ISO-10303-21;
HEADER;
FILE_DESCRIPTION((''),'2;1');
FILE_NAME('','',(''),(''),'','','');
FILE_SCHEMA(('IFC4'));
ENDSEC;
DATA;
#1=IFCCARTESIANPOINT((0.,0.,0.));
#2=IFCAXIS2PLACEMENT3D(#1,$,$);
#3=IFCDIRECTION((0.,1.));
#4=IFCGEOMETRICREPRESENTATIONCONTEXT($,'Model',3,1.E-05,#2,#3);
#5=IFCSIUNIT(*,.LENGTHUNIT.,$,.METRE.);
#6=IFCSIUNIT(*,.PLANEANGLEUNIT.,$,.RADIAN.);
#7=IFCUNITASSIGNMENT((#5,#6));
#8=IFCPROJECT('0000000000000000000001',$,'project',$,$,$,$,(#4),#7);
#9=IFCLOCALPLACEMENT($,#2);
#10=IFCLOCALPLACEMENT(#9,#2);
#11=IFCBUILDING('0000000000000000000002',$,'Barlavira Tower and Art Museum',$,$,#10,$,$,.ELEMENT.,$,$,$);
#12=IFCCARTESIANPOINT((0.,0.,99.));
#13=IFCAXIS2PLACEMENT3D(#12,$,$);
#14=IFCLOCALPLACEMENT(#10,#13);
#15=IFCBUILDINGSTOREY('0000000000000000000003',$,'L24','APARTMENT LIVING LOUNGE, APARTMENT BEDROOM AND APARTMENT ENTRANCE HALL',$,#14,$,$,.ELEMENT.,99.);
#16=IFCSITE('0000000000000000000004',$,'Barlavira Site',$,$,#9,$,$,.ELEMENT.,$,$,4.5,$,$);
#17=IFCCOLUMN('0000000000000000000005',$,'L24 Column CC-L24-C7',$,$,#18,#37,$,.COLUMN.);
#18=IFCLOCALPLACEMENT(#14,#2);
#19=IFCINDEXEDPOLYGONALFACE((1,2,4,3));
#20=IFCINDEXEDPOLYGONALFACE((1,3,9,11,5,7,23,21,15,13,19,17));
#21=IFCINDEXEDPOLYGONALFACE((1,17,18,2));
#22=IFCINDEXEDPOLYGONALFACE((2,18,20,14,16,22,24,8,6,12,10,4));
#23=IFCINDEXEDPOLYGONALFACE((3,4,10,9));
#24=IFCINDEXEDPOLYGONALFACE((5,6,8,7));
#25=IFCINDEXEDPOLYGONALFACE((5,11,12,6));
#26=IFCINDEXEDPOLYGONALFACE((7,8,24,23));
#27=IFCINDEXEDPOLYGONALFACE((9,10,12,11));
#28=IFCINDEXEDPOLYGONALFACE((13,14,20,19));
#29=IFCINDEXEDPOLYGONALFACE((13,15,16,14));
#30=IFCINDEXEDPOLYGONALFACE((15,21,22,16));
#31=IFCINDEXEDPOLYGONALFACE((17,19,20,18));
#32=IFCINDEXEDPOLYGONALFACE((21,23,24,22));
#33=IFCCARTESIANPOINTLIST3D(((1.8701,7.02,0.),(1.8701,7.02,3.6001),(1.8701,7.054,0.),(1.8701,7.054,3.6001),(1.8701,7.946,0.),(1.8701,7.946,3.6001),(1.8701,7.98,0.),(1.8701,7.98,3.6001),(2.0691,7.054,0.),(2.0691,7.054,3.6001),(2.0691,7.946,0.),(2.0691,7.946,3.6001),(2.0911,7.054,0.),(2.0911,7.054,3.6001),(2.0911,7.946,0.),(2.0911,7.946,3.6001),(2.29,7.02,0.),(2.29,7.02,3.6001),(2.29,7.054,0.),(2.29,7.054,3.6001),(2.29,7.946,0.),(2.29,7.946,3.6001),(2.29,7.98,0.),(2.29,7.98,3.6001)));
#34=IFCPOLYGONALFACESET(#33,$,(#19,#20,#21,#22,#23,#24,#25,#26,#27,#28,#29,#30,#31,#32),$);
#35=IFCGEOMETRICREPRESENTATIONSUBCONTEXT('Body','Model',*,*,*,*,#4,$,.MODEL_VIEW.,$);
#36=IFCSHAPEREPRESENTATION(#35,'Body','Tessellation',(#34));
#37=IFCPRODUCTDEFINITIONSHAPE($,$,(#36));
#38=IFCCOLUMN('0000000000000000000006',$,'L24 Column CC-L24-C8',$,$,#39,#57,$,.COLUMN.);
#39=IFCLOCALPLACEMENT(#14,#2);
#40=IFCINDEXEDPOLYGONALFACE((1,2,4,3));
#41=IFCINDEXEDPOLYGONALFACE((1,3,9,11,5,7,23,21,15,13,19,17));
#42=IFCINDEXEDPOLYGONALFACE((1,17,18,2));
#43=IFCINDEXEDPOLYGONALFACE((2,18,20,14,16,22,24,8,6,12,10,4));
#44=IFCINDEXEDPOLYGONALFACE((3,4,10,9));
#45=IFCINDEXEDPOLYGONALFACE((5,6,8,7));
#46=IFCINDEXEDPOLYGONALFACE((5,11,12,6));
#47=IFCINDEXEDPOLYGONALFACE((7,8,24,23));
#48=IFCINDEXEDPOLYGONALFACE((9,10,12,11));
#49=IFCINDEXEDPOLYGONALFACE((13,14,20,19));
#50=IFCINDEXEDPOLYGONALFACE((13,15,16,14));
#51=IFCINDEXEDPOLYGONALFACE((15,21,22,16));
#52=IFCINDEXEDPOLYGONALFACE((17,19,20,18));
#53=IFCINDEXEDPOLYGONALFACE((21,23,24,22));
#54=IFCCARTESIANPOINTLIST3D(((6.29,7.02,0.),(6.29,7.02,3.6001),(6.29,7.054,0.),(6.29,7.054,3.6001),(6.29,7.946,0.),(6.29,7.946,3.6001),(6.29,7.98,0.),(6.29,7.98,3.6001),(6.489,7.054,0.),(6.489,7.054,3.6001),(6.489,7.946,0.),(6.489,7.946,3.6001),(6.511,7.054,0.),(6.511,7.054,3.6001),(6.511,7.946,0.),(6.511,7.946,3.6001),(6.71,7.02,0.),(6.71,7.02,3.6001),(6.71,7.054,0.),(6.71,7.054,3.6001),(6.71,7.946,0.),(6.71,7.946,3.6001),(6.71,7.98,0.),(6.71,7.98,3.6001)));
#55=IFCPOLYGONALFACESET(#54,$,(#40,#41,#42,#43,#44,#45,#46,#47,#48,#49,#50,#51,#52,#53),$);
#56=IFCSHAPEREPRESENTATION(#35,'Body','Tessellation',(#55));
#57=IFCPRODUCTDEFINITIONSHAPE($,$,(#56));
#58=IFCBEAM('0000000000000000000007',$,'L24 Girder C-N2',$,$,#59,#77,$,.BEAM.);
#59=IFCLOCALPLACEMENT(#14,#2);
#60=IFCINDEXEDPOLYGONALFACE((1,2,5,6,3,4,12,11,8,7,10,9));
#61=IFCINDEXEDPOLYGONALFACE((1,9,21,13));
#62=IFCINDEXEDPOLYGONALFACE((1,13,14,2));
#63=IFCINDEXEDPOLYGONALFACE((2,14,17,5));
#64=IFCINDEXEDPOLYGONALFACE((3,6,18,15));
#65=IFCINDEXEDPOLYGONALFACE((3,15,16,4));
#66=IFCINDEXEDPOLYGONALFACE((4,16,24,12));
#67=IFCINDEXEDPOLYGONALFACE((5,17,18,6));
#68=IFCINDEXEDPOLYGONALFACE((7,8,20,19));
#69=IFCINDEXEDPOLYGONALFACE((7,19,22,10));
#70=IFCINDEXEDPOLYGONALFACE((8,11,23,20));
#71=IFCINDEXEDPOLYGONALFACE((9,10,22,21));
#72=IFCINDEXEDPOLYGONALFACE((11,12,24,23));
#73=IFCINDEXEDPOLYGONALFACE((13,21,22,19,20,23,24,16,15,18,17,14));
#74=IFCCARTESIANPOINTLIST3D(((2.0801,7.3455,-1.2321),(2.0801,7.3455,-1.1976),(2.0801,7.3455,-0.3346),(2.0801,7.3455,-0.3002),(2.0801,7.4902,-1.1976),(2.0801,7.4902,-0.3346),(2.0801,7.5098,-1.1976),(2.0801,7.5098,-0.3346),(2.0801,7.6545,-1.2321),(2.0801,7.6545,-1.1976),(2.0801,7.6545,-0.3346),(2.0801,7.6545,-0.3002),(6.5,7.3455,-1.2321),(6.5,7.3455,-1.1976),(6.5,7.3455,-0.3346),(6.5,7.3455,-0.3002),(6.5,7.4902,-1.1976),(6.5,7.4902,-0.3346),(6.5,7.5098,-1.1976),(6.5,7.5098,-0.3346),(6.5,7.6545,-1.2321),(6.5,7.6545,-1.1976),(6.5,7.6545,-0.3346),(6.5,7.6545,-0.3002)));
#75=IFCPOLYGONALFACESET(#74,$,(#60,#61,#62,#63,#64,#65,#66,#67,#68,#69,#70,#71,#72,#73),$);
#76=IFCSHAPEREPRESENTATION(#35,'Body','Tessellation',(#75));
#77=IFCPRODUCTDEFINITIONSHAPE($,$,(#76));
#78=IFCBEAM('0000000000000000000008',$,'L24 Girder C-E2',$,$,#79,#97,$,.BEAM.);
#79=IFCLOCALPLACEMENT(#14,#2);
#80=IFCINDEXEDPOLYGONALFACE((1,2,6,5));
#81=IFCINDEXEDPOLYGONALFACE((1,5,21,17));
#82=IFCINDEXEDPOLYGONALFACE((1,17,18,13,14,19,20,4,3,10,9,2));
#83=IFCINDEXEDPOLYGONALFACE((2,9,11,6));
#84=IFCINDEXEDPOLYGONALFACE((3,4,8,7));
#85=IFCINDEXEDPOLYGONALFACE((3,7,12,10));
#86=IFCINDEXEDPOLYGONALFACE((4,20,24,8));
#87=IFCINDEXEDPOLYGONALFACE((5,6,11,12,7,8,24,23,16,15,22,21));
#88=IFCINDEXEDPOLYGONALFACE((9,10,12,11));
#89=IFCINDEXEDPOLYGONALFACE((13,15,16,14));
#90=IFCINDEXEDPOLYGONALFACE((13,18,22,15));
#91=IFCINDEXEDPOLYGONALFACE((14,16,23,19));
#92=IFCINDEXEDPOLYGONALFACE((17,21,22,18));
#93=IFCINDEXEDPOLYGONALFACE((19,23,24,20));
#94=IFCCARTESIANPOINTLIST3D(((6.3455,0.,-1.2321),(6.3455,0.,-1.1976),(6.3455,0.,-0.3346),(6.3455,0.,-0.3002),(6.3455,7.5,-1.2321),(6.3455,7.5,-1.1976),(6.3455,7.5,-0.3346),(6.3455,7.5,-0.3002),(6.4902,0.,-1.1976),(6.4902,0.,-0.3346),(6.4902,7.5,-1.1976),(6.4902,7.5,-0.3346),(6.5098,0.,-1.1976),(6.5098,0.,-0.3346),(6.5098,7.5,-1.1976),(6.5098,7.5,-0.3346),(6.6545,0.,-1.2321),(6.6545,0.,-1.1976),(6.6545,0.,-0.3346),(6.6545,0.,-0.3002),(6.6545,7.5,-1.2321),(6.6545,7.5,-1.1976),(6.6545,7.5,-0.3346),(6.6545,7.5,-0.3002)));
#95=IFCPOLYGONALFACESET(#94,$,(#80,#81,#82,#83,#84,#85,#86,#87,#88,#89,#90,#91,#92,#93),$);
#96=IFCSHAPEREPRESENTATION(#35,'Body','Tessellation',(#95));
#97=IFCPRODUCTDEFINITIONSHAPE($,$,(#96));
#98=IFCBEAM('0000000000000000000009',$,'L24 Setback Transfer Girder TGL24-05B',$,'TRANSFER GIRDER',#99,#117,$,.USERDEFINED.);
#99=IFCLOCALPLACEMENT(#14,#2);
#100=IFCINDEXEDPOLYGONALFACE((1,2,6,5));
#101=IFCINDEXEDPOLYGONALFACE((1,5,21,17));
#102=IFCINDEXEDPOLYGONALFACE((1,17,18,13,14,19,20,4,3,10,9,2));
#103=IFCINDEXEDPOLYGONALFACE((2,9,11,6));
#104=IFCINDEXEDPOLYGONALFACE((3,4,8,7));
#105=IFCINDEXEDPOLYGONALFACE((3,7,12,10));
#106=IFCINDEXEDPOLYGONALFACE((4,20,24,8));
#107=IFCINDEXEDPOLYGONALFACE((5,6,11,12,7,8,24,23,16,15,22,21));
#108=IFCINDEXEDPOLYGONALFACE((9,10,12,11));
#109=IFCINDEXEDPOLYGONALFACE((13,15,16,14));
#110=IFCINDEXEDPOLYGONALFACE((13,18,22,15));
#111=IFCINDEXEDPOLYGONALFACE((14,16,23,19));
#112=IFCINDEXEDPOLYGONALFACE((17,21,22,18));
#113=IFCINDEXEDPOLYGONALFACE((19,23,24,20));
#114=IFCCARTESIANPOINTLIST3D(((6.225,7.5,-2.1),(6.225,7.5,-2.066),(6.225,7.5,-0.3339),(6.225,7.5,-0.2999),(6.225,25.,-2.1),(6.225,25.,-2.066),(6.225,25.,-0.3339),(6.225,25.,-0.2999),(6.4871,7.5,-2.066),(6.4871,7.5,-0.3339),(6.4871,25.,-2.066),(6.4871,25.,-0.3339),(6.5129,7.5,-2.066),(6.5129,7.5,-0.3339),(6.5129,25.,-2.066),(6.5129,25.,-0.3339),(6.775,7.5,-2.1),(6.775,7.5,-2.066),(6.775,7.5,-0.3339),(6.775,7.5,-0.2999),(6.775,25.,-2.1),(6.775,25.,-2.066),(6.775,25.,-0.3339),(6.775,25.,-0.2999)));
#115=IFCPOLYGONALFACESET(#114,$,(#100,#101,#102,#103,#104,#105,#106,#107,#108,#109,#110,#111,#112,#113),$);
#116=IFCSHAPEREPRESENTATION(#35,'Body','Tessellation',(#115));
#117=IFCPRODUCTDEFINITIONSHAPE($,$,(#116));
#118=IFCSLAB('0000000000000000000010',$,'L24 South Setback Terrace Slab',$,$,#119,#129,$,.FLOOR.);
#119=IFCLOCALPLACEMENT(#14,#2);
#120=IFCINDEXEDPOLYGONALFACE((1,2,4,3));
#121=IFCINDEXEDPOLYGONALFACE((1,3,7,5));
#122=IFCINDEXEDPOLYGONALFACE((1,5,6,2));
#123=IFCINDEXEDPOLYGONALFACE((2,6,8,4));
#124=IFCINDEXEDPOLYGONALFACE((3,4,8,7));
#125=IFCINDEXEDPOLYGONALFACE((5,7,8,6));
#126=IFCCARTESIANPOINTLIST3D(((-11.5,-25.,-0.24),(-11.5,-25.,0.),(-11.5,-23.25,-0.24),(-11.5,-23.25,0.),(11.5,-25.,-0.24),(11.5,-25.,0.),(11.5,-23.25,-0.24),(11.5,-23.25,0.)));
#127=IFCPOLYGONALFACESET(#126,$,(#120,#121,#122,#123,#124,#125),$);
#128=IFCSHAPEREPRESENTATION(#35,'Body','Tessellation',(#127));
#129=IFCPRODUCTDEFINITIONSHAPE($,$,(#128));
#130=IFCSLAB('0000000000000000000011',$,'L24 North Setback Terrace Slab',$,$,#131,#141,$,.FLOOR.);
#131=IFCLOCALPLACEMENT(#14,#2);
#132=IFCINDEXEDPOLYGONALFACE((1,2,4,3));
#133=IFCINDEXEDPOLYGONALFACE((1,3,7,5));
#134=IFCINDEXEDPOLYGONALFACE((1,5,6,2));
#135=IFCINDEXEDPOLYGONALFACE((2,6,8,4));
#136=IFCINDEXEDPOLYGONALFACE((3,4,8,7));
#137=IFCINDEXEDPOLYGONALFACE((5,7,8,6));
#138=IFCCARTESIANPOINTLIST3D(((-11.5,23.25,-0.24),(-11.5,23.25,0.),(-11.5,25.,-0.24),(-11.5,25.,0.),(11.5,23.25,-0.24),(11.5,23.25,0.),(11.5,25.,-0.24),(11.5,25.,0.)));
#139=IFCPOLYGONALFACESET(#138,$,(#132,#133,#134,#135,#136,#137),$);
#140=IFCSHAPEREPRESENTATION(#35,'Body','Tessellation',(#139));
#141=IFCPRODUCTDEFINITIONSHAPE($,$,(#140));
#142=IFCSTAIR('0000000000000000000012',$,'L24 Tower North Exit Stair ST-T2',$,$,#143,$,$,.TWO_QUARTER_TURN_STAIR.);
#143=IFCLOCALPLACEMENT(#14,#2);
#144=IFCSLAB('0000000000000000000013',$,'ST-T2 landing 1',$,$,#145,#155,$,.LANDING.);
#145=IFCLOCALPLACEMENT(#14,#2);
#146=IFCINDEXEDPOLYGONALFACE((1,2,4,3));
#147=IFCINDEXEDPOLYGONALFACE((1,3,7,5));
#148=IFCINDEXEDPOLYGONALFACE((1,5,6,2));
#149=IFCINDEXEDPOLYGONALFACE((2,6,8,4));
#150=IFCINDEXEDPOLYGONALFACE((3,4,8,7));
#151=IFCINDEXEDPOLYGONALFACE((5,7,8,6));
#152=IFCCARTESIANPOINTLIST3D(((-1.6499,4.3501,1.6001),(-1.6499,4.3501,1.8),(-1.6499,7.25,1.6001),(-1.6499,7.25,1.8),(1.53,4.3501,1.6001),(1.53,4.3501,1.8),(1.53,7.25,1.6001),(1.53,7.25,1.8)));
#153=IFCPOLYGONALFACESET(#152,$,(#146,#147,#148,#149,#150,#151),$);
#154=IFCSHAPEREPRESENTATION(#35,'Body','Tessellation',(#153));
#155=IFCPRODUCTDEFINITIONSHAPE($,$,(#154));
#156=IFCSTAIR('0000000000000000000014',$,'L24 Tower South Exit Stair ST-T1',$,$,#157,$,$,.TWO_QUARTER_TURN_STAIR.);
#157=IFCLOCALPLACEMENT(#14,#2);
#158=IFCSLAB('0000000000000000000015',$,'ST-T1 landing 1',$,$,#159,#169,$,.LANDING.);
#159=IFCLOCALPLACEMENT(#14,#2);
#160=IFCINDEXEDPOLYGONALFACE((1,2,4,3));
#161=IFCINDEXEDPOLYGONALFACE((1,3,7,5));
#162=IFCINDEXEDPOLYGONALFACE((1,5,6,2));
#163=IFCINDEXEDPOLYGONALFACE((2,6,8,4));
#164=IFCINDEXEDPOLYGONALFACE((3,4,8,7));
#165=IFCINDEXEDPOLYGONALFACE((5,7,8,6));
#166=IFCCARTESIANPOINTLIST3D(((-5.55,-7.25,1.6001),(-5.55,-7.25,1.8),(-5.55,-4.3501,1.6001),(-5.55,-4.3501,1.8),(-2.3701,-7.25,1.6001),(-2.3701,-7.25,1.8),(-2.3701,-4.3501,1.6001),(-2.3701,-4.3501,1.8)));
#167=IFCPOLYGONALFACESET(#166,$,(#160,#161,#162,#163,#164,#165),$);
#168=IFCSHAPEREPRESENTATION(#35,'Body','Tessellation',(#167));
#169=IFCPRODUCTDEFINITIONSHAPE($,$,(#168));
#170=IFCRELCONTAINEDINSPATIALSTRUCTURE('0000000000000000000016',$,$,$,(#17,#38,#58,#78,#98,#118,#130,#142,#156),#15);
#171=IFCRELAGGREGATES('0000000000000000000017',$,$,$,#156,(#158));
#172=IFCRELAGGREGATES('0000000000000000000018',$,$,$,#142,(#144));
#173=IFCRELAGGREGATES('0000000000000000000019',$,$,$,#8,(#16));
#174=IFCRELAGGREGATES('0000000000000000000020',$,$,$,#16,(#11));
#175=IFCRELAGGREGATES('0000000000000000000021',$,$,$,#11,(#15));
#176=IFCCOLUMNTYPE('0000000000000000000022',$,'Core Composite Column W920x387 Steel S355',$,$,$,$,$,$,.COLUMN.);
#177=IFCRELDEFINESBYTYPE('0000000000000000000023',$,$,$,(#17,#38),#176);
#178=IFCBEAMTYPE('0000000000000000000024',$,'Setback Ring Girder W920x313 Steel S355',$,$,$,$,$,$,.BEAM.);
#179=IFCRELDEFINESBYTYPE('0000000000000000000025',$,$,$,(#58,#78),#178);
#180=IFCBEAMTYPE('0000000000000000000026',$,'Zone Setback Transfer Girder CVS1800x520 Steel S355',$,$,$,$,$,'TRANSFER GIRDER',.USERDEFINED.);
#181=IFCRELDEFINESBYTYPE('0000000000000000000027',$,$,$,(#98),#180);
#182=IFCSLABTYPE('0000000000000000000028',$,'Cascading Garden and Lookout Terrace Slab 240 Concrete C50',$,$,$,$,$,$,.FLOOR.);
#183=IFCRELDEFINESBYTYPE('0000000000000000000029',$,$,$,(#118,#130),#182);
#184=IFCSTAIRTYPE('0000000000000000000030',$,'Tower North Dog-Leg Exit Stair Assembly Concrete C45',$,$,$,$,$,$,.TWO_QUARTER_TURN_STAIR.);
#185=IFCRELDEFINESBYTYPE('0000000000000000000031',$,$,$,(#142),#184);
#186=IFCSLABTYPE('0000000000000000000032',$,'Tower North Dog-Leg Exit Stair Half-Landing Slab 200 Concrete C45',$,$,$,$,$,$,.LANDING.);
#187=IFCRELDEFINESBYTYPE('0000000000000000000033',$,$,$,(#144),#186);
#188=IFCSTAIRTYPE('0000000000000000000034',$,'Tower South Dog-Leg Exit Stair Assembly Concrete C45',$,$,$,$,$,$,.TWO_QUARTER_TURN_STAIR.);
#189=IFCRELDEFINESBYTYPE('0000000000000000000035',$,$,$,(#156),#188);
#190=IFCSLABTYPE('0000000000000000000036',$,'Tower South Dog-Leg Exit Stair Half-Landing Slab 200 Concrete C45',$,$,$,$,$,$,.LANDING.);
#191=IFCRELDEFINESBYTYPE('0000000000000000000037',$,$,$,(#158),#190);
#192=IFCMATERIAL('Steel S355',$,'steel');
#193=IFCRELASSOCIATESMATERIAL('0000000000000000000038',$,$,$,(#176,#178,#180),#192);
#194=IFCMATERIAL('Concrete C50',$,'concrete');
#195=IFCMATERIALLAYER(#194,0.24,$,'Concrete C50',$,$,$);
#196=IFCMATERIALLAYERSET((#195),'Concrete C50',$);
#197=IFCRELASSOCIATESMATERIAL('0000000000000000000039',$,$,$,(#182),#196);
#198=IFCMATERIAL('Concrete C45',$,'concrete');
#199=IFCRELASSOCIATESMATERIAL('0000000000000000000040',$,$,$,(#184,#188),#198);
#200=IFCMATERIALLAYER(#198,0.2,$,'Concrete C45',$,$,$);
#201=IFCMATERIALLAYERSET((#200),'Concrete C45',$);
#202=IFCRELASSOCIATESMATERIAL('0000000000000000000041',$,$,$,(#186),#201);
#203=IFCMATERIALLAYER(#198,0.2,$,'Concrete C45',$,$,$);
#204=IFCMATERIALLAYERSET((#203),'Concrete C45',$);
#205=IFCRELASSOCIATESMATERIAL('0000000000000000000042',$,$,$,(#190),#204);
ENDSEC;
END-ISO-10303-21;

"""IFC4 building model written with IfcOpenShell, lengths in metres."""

from ifc_helpers import new_model, si_unit, direction, frame, origin, origin_2d, place, context, subcontext, project, spatial, polyline, i_section, outline, extrude, material, layer, layer_set, material_profile, profile_set, type_object, element, aggregate, save


model = new_model("IFC4")

# Units and contexts
model_context = context("Model", 3, precision=1e-05, world=origin(), true_north=direction((0.0, 1.0)))
body_context = subcontext(model_context, "Body", "Model", "MODEL_VIEW")
ifc_project = project(units=[si_unit("LENGTHUNIT", "METRE"), si_unit("PLANEANGLEUNIT", "RADIAN")], contexts=[model_context])

# Site, building, storey
site_placement = place(None, origin())
site = spatial("IfcSite", under=ifc_project, at=site_placement, Name="Barlavira Site", CompositionType="ELEMENT", RefElevation=4.5)
building_placement = place(site_placement, origin())
building = spatial("IfcBuilding", under=site, at=building_placement, Name="Barlavira Tower and Art Museum", CompositionType="ELEMENT")
storey_placement = place(building_placement, frame((0.0, 0.0, 99.0)))
storey = spatial("IfcBuildingStorey", under=building, at=storey_placement, Name="L24", Description="APARTMENT LIVING LOUNGE, APARTMENT BEDROOM AND APARTMENT ENTRANCE HALL", CompositionType="ELEMENT", Elevation=99.0)

# Columns
ifc_material_1 = material(Name="Steel S355", Category="steel")
ifc_material_profile_1 = material_profile(ifc_material_1, i_section(OverallWidth=0.4199, OverallDepth=0.96, WebThickness=0.022, FlangeThickness=0.0339, at=origin_2d()), Name="W920x387.0")
ifc_profile_set_1 = profile_set([ifc_material_profile_1], Name="Steel S355")
column_type = type_object("IfcColumnType", Name="Core Composite Column W920x387 Steel S355", PredefinedType="COLUMN", material=ifc_profile_set_1)
for number, where, z_axis, x_axis, name in (
    (1, (2.0801, 7.5, 0.0), (0.0, 0.0, 1.0), (1.0, 0.0, 0.0), "L24 Column CC-L24-C7"),
    (2, (6.5, 7.5, 0.0), (0.0, 0.0, 1.0), (1.0, 0.0, 0.0), "L24 Column CC-L24-C8"),
):
    element("IfcColumn", number, at=place(storey_placement, frame(where, z_axis=z_axis, x_axis=x_axis)), inside=storey, type_object=column_type, Name=name, PredefinedType="COLUMN", context=body_context, shape_type="SweptSolid", body=[
        extrude(i_section(OverallWidth=0.4199, OverallDepth=0.96, WebThickness=0.022, FlangeThickness=0.0339, at=origin_2d()), origin(), (0.0, 0.0, 1.0), 3.6001),
    ])

# Beams
ifc_material_profile_2 = material_profile(ifc_material_1, i_section(OverallWidth=0.3091, OverallDepth=0.9319, WebThickness=0.0195, FlangeThickness=0.0344, at=origin_2d()), Name="W920x313.0")
ifc_profile_set_2 = profile_set([ifc_material_profile_2], Name="Steel S355")
beam_type_1 = type_object("IfcBeamType", Name="Setback Ring Girder W920x313 Steel S355", PredefinedType="BEAM", material=ifc_profile_set_2)
beam_1_placement = place(storey_placement, frame((2.0801, 7.5, -0.7661), z_axis=(1.0, 0.0, 0.0), x_axis=(0.0, 1.0, 0.0)))
element("IfcBeam", 3, at=beam_1_placement, inside=storey, type_object=beam_type_1, Name="L24 Girder C-N2", PredefinedType="BEAM", context=body_context, shape_type="SweptSolid", body=[
    extrude(i_section(OverallWidth=0.3091, OverallDepth=0.9319, WebThickness=0.0195, FlangeThickness=0.0344, at=origin_2d()), origin(), (0.0, 0.0, 1.0), 4.4199),
])
beam_2_placement = place(storey_placement, frame((6.5, 0.0, -0.7661), z_axis=(0.0, 1.0, 0.0), x_axis=(-1.0, 0.0, 0.0)))
element("IfcBeam", 4, at=beam_2_placement, inside=storey, type_object=beam_type_1, Name="L24 Girder C-E2", PredefinedType="BEAM", context=body_context, shape_type="SweptSolid", body=[
    extrude(i_section(OverallWidth=0.3091, OverallDepth=0.9319, WebThickness=0.0195, FlangeThickness=0.0344, at=origin_2d()), origin(), (0.0, 0.0, 1.0), 7.5),
])
ifc_material_profile_3 = material_profile(ifc_material_1, i_section(OverallWidth=0.55, OverallDepth=1.8, WebThickness=0.0259, FlangeThickness=0.0339, at=origin_2d()), Name="CVS1800x520")
ifc_profile_set_3 = profile_set([ifc_material_profile_3], Name="Steel S355")
beam_type_2 = type_object("IfcBeamType", Name="Zone Setback Transfer Girder CVS1800x520 Steel S355", ElementType="TRANSFER GIRDER", PredefinedType="USERDEFINED", material=ifc_profile_set_3)
beam_3_placement = place(storey_placement, frame((6.5, 7.5, -1.2), z_axis=(0.0, 1.0, 0.0), x_axis=(-1.0, 0.0, 0.0)))
element("IfcBeam", 5, at=beam_3_placement, inside=storey, type_object=beam_type_2, Name="L24 Setback Transfer Girder TGL24-05B", ObjectType="TRANSFER GIRDER", PredefinedType="USERDEFINED", context=body_context, shape_type="SweptSolid", body=[
    extrude(i_section(OverallWidth=0.55, OverallDepth=1.8, WebThickness=0.0259, FlangeThickness=0.0339, at=origin_2d()), origin(), (0.0, 0.0, 1.0), 17.5),
])

# Slabs
ifc_material_2 = material(Name="Concrete C50", Category="concrete")
ifc_layer_1 = layer(ifc_material_2, 0.24, Name="Concrete C50")
ifc_layer_set_1 = layer_set([ifc_layer_1], Name="Concrete C50")
slab_type_1 = type_object("IfcSlabType", Name="Cascading Garden and Lookout Terrace Slab 240 Concrete C50", PredefinedType="FLOOR", material=ifc_layer_set_1)
slab_1_placement = place(storey_placement, frame((0.0, 0.0, -0.24)))
element("IfcSlab", 6, at=slab_1_placement, inside=storey, type_object=slab_type_1, Name="L24 South Setback Terrace Slab", PredefinedType="FLOOR", context=body_context, shape_type="SweptSolid", body=[
    extrude(outline(polyline([(-11.5, -25.0), (11.5, -25.0), (11.5, -23.25), (-11.5, -23.25), (-11.5, -25.0)])), origin(), (0.0, 0.0, 1.0), 0.24),
])
slab_2_placement = place(storey_placement, frame((0.0, 0.0, -0.24)))
element("IfcSlab", 7, at=slab_2_placement, inside=storey, type_object=slab_type_1, Name="L24 North Setback Terrace Slab", PredefinedType="FLOOR", context=body_context, shape_type="SweptSolid", body=[
    extrude(outline(polyline([(-11.5, 23.25), (11.5, 23.25), (11.5, 25.0), (-11.5, 25.0), (-11.5, 23.25)])), origin(), (0.0, 0.0, 1.0), 0.24),
])

# Stairs, slabs
ifc_material_3 = material(Name="Concrete C45", Category="concrete")
stair_type_1 = type_object("IfcStairType", Name="Tower North Dog-Leg Exit Stair Assembly Concrete C45", PredefinedType="TWO_QUARTER_TURN_STAIR", material=ifc_material_3)
stair_1_placement = place(storey_placement, origin())
stair_1 = element("IfcStair", 8, at=stair_1_placement, inside=storey, type_object=stair_type_1, Name="L24 Tower North Exit Stair ST-T2", PredefinedType="TWO_QUARTER_TURN_STAIR")
ifc_layer_2 = layer(ifc_material_3, 0.2, Name="Concrete C45")
ifc_layer_set_2 = layer_set([ifc_layer_2], Name="Concrete C45")
slab_type_2 = type_object("IfcSlabType", Name="Tower North Dog-Leg Exit Stair Half-Landing Slab 200 Concrete C45", PredefinedType="LANDING", material=ifc_layer_set_2)
slab_3_placement = place(storey_placement, frame((0.0, 0.0, 1.6001)))
slab_3 = element("IfcSlab", 9, at=slab_3_placement, type_object=slab_type_2, Name="ST-T2 landing 1", PredefinedType="LANDING", context=body_context, shape_type="SweptSolid", body=[
    extrude(outline(polyline([(-1.6499, 4.3501), (1.53, 4.3501), (1.53, 7.25), (-1.6499, 7.25), (-1.6499, 4.3501)])), origin(), (0.0, 0.0, 1.0), 0.2),
])
stair_type_2 = type_object("IfcStairType", Name="Tower South Dog-Leg Exit Stair Assembly Concrete C45", PredefinedType="TWO_QUARTER_TURN_STAIR", material=ifc_material_3)
stair_2_placement = place(storey_placement, origin())
stair_2 = element("IfcStair", 10, at=stair_2_placement, inside=storey, type_object=stair_type_2, Name="L24 Tower South Exit Stair ST-T1", PredefinedType="TWO_QUARTER_TURN_STAIR")
ifc_layer_3 = layer(ifc_material_3, 0.2, Name="Concrete C45")
ifc_layer_set_3 = layer_set([ifc_layer_3], Name="Concrete C45")
slab_type_3 = type_object("IfcSlabType", Name="Tower South Dog-Leg Exit Stair Half-Landing Slab 200 Concrete C45", PredefinedType="LANDING", material=ifc_layer_set_3)
slab_4_placement = place(storey_placement, frame((0.0, 0.0, 1.6001)))
slab_4 = element("IfcSlab", 11, at=slab_4_placement, type_object=slab_type_3, Name="ST-T1 landing 1", PredefinedType="LANDING", context=body_context, shape_type="SweptSolid", body=[
    extrude(outline(polyline([(-2.3701, -4.3501), (-5.55, -4.3501), (-5.55, -7.25), (-2.3701, -7.25), (-2.3701, -4.3501)])), origin(), (0.0, 0.0, 1.0), 0.2),
])
aggregate(stair_2, [slab_4])

aggregate(stair_1, [slab_3])

save(model, "model.ifc")
